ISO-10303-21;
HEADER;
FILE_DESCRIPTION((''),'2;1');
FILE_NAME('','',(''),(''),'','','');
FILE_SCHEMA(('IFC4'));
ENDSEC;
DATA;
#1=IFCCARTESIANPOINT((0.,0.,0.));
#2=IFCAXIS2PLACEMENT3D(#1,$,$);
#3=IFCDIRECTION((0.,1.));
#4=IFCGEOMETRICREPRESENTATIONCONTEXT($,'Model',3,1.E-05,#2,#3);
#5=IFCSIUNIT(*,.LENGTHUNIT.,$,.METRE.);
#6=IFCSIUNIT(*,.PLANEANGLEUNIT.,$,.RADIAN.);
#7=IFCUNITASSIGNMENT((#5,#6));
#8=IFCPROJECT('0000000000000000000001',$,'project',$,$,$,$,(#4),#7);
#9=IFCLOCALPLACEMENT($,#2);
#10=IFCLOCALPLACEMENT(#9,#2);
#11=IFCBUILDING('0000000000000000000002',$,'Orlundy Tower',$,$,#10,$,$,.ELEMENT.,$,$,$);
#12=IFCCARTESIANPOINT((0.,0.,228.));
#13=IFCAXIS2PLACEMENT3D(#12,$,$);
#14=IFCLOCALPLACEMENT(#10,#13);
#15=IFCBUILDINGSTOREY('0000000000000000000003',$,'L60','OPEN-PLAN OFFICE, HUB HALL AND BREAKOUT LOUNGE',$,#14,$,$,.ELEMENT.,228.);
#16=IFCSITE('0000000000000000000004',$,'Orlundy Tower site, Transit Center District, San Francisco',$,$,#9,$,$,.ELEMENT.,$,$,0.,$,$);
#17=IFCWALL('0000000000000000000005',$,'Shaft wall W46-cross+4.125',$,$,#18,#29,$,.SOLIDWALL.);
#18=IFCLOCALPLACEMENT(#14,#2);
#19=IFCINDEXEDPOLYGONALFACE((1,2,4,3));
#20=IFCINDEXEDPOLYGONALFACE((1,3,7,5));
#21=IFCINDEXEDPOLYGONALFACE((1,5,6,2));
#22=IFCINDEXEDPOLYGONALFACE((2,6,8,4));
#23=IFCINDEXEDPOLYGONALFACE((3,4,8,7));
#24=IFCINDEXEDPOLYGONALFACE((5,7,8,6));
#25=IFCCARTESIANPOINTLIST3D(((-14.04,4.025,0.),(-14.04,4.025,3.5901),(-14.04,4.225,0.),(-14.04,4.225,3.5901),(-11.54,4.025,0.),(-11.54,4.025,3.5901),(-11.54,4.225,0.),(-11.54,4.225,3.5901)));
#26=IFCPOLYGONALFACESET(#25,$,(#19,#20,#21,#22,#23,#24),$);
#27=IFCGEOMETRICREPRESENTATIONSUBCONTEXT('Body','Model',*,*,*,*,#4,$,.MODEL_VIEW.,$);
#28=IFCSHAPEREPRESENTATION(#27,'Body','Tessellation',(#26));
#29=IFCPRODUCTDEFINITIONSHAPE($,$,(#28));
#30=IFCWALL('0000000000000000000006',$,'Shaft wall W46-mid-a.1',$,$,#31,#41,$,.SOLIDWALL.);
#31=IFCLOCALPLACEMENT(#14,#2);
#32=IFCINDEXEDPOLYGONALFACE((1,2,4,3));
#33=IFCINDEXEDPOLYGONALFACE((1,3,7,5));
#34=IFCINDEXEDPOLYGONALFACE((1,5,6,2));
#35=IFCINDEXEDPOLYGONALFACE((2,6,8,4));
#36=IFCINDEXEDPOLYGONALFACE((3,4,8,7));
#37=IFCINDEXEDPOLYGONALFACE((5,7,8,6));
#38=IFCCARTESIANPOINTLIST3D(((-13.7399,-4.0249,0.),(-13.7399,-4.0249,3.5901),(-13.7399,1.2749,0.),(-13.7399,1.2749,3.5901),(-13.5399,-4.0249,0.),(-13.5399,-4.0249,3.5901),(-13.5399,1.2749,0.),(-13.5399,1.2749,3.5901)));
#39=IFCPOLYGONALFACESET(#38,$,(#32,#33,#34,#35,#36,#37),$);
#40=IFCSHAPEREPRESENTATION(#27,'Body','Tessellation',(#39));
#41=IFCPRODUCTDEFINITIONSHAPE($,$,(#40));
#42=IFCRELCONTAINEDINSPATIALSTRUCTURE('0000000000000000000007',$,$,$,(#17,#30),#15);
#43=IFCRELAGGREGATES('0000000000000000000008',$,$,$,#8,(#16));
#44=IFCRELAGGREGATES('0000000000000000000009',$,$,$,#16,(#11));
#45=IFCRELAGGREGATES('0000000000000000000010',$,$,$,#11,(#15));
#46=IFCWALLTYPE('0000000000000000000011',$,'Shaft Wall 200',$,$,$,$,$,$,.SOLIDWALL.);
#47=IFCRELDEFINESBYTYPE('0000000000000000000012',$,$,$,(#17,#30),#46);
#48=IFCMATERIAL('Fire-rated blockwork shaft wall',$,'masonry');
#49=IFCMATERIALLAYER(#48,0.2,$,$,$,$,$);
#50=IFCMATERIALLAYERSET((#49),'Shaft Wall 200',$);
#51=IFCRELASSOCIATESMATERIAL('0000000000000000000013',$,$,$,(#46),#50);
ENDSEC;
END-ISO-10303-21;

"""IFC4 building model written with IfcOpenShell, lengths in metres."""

from ifc_helpers import new_model, si_unit, direction, frame, frame_2d, origin, place, context, subcontext, project, spatial, rectangle, extrude, material, layer, layer_set, type_object, element, save


model = new_model("IFC4")

# Units and contexts
model_context = context("Model", 3, precision=1e-05, world=origin(), true_north=direction((0.0, 1.0)))
body_context = subcontext(model_context, "Body", "Model", "MODEL_VIEW")
ifc_project = project(units=[si_unit("LENGTHUNIT", "METRE"), si_unit("PLANEANGLEUNIT", "RADIAN")], contexts=[model_context])

# Site, building, storey
site_placement = place(None, origin())
site = spatial("IfcSite", under=ifc_project, at=site_placement, Name="Orlundy Tower site, Transit Center District, San Francisco", CompositionType="ELEMENT", RefElevation=0.0)
building_placement = place(site_placement, origin())
building = spatial("IfcBuilding", under=site, at=building_placement, Name="Orlundy Tower", CompositionType="ELEMENT")
storey_placement = place(building_placement, frame((0.0, 0.0, 228.0)))
storey = spatial("IfcBuildingStorey", under=building, at=storey_placement, Name="L60", Description="OPEN-PLAN OFFICE, HUB HALL AND BREAKOUT LOUNGE", CompositionType="ELEMENT", Elevation=228.0)

# Walls
ifc_material_1 = material(Name="Fire-rated blockwork shaft wall", Category="masonry")
ifc_layer_1 = layer(ifc_material_1, 0.2)
ifc_layer_set_1 = layer_set([ifc_layer_1], Name="Shaft Wall 200")
wall_type_1 = type_object("IfcWallType", Name="Shaft Wall 200", PredefinedType="SOLIDWALL", material=ifc_layer_set_1)
wall_1_placement = place(storey_placement, frame((-11.54, 4.125, 0.0), z_axis=(0.0, 0.0, 1.0), x_axis=(-1.0, 0.0, 0.0)))
element("IfcWall", 1, at=wall_1_placement, inside=storey, type_object=wall_type_1, Name="Shaft wall W46-cross+4.125", PredefinedType="SOLIDWALL", context=body_context, shape_type="SweptSolid", body=[
    extrude(rectangle(XDim=2.5, YDim=0.2, at=frame_2d((1.25, 0.0))), origin(), (0.0, 0.0, 1.0), 3.5901),
])
wall_2_placement = place(storey_placement, frame((-13.6399, -4.0249, 0.0), z_axis=(0.0, 0.0, 1.0), x_axis=(0.0, 1.0, 0.0)))
element("IfcWall", 2, at=wall_2_placement, inside=storey, type_object=wall_type_1, Name="Shaft wall W46-mid-a.1", PredefinedType="SOLIDWALL", context=body_context, shape_type="SweptSolid", body=[
    extrude(rectangle(XDim=5.2998, YDim=0.2, at=frame_2d((2.6499, 0.0))), origin(), (0.0, 0.0, 1.0), 3.5901),
])

save(model, "model.ifc")
